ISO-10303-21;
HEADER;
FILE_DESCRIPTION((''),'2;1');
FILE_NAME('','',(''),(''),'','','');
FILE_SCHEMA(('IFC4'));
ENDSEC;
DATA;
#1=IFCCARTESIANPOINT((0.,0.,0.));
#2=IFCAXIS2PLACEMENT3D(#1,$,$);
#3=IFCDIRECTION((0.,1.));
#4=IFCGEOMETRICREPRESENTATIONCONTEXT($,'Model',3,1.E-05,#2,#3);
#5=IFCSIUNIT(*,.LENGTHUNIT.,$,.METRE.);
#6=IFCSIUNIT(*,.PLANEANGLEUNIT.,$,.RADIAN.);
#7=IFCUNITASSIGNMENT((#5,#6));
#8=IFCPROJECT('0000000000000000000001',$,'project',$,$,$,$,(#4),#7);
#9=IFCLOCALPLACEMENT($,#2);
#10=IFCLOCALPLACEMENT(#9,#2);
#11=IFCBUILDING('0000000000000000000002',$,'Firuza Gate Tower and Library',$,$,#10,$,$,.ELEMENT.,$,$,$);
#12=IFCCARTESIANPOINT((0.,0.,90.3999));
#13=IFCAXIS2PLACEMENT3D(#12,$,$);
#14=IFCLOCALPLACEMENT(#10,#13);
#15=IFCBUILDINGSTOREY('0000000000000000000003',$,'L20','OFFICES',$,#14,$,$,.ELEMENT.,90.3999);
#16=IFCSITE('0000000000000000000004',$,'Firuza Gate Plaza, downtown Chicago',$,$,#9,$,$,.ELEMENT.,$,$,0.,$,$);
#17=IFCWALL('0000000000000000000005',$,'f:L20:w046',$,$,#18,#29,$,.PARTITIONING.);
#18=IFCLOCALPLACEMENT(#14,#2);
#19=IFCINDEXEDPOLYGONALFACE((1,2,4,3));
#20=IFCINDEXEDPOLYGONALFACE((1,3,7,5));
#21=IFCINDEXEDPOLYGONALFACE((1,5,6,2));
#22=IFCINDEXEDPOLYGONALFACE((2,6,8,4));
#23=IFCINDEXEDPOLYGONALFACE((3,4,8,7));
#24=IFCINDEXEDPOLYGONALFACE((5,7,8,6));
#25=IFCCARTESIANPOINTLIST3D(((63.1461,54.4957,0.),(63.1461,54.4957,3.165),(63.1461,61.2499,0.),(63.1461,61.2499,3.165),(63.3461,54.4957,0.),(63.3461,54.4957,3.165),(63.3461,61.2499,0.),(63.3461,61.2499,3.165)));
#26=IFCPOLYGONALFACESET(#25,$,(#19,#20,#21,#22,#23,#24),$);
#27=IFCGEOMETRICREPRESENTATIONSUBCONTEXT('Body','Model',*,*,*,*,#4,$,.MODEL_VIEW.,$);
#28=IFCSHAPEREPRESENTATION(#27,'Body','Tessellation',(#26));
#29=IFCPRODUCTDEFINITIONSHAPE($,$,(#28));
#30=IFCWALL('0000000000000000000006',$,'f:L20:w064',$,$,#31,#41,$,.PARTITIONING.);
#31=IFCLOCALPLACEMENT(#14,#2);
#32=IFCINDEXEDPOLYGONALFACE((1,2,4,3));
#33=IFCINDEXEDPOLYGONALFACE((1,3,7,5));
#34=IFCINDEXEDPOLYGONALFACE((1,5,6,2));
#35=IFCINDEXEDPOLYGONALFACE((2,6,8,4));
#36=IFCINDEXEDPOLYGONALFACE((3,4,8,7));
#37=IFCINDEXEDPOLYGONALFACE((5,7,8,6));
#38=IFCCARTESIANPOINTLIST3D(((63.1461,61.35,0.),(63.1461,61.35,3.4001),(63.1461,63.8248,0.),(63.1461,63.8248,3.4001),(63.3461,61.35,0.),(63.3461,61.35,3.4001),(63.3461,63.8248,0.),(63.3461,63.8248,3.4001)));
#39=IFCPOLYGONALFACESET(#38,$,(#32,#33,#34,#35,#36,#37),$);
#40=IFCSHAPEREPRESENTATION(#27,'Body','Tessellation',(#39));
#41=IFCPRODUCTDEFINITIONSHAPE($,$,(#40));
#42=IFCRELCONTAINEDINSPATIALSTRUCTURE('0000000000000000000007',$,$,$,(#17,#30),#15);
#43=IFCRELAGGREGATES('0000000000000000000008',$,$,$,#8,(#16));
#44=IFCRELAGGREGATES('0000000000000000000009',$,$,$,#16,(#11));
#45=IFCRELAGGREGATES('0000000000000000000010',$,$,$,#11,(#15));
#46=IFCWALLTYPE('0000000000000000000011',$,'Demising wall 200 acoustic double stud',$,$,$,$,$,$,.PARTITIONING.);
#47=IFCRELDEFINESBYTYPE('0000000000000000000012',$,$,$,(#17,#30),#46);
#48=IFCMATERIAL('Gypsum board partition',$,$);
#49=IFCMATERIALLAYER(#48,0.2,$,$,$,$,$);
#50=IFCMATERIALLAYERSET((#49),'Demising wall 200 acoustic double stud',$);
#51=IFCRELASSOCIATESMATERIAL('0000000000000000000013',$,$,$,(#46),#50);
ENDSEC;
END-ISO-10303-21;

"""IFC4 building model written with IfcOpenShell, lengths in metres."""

from ifc_helpers import new_model, si_unit, direction, frame, frame_2d, origin, place, context, subcontext, project, spatial, rectangle, extrude, material, layer, layer_set, type_object, element, save


model = new_model("IFC4")

# Units and contexts
model_context = context("Model", 3, precision=1e-05, world=origin(), true_north=direction((0.0, 1.0)))
body_context = subcontext(model_context, "Body", "Model", "MODEL_VIEW")
ifc_project = project(units=[si_unit("LENGTHUNIT", "METRE"), si_unit("PLANEANGLEUNIT", "RADIAN")], contexts=[model_context])

# Site, building, storey
site_placement = place(None, origin())
site = spatial("IfcSite", under=ifc_project, at=site_placement, Name="Firuza Gate Plaza, downtown Chicago", CompositionType="ELEMENT", RefElevation=0.0)
building_placement = place(site_placement, origin())
building = spatial("IfcBuilding", under=site, at=building_placement, Name="Firuza Gate Tower and Library", CompositionType="ELEMENT")
storey_placement = place(building_placement, frame((0.0, 0.0, 90.3999)))
storey = spatial("IfcBuildingStorey", under=building, at=storey_placement, Name="L20", Description="OFFICES", CompositionType="ELEMENT", Elevation=90.3999)

# Walls
ifc_material_1 = material(Name="Gypsum board partition")
ifc_layer_1 = layer(ifc_material_1, 0.2)
ifc_layer_set_1 = layer_set([ifc_layer_1], Name="Demising wall 200 acoustic double stud")
wall_type_1 = type_object("IfcWallType", Name="Demising wall 200 acoustic double stud", PredefinedType="PARTITIONING", material=ifc_layer_set_1)
wall_1_placement = place(storey_placement, frame((63.2461, 54.4958, 0.0), z_axis=(0.0, 0.0, 1.0), x_axis=(0.0, 1.0, 0.0)))
element("IfcWall", 1, at=wall_1_placement, inside=storey, type_object=wall_type_1, Name="f:L20:w046", PredefinedType="PARTITIONING", context=body_context, shape_type="SweptSolid", body=[
    extrude(rectangle(XDim=6.7542, YDim=0.2, at=frame_2d((3.377, 0.0))), origin(), (0.0, 0.0, 1.0), 3.165),
])
wall_2_placement = place(storey_placement, frame((63.2461, 61.3501, 0.0), z_axis=(0.0, 0.0, 1.0), x_axis=(0.0, 1.0, 0.0)))
element("IfcWall", 2, at=wall_2_placement, inside=storey, type_object=wall_type_1, Name="f:L20:w064", PredefinedType="PARTITIONING", context=body_context, shape_type="SweptSolid", body=[
    extrude(rectangle(XDim=2.4749, YDim=0.2, at=frame_2d((1.2373, 0.0))), origin(), (0.0, 0.0, 1.0), 3.4001),
])

save(model, "model.ifc")
